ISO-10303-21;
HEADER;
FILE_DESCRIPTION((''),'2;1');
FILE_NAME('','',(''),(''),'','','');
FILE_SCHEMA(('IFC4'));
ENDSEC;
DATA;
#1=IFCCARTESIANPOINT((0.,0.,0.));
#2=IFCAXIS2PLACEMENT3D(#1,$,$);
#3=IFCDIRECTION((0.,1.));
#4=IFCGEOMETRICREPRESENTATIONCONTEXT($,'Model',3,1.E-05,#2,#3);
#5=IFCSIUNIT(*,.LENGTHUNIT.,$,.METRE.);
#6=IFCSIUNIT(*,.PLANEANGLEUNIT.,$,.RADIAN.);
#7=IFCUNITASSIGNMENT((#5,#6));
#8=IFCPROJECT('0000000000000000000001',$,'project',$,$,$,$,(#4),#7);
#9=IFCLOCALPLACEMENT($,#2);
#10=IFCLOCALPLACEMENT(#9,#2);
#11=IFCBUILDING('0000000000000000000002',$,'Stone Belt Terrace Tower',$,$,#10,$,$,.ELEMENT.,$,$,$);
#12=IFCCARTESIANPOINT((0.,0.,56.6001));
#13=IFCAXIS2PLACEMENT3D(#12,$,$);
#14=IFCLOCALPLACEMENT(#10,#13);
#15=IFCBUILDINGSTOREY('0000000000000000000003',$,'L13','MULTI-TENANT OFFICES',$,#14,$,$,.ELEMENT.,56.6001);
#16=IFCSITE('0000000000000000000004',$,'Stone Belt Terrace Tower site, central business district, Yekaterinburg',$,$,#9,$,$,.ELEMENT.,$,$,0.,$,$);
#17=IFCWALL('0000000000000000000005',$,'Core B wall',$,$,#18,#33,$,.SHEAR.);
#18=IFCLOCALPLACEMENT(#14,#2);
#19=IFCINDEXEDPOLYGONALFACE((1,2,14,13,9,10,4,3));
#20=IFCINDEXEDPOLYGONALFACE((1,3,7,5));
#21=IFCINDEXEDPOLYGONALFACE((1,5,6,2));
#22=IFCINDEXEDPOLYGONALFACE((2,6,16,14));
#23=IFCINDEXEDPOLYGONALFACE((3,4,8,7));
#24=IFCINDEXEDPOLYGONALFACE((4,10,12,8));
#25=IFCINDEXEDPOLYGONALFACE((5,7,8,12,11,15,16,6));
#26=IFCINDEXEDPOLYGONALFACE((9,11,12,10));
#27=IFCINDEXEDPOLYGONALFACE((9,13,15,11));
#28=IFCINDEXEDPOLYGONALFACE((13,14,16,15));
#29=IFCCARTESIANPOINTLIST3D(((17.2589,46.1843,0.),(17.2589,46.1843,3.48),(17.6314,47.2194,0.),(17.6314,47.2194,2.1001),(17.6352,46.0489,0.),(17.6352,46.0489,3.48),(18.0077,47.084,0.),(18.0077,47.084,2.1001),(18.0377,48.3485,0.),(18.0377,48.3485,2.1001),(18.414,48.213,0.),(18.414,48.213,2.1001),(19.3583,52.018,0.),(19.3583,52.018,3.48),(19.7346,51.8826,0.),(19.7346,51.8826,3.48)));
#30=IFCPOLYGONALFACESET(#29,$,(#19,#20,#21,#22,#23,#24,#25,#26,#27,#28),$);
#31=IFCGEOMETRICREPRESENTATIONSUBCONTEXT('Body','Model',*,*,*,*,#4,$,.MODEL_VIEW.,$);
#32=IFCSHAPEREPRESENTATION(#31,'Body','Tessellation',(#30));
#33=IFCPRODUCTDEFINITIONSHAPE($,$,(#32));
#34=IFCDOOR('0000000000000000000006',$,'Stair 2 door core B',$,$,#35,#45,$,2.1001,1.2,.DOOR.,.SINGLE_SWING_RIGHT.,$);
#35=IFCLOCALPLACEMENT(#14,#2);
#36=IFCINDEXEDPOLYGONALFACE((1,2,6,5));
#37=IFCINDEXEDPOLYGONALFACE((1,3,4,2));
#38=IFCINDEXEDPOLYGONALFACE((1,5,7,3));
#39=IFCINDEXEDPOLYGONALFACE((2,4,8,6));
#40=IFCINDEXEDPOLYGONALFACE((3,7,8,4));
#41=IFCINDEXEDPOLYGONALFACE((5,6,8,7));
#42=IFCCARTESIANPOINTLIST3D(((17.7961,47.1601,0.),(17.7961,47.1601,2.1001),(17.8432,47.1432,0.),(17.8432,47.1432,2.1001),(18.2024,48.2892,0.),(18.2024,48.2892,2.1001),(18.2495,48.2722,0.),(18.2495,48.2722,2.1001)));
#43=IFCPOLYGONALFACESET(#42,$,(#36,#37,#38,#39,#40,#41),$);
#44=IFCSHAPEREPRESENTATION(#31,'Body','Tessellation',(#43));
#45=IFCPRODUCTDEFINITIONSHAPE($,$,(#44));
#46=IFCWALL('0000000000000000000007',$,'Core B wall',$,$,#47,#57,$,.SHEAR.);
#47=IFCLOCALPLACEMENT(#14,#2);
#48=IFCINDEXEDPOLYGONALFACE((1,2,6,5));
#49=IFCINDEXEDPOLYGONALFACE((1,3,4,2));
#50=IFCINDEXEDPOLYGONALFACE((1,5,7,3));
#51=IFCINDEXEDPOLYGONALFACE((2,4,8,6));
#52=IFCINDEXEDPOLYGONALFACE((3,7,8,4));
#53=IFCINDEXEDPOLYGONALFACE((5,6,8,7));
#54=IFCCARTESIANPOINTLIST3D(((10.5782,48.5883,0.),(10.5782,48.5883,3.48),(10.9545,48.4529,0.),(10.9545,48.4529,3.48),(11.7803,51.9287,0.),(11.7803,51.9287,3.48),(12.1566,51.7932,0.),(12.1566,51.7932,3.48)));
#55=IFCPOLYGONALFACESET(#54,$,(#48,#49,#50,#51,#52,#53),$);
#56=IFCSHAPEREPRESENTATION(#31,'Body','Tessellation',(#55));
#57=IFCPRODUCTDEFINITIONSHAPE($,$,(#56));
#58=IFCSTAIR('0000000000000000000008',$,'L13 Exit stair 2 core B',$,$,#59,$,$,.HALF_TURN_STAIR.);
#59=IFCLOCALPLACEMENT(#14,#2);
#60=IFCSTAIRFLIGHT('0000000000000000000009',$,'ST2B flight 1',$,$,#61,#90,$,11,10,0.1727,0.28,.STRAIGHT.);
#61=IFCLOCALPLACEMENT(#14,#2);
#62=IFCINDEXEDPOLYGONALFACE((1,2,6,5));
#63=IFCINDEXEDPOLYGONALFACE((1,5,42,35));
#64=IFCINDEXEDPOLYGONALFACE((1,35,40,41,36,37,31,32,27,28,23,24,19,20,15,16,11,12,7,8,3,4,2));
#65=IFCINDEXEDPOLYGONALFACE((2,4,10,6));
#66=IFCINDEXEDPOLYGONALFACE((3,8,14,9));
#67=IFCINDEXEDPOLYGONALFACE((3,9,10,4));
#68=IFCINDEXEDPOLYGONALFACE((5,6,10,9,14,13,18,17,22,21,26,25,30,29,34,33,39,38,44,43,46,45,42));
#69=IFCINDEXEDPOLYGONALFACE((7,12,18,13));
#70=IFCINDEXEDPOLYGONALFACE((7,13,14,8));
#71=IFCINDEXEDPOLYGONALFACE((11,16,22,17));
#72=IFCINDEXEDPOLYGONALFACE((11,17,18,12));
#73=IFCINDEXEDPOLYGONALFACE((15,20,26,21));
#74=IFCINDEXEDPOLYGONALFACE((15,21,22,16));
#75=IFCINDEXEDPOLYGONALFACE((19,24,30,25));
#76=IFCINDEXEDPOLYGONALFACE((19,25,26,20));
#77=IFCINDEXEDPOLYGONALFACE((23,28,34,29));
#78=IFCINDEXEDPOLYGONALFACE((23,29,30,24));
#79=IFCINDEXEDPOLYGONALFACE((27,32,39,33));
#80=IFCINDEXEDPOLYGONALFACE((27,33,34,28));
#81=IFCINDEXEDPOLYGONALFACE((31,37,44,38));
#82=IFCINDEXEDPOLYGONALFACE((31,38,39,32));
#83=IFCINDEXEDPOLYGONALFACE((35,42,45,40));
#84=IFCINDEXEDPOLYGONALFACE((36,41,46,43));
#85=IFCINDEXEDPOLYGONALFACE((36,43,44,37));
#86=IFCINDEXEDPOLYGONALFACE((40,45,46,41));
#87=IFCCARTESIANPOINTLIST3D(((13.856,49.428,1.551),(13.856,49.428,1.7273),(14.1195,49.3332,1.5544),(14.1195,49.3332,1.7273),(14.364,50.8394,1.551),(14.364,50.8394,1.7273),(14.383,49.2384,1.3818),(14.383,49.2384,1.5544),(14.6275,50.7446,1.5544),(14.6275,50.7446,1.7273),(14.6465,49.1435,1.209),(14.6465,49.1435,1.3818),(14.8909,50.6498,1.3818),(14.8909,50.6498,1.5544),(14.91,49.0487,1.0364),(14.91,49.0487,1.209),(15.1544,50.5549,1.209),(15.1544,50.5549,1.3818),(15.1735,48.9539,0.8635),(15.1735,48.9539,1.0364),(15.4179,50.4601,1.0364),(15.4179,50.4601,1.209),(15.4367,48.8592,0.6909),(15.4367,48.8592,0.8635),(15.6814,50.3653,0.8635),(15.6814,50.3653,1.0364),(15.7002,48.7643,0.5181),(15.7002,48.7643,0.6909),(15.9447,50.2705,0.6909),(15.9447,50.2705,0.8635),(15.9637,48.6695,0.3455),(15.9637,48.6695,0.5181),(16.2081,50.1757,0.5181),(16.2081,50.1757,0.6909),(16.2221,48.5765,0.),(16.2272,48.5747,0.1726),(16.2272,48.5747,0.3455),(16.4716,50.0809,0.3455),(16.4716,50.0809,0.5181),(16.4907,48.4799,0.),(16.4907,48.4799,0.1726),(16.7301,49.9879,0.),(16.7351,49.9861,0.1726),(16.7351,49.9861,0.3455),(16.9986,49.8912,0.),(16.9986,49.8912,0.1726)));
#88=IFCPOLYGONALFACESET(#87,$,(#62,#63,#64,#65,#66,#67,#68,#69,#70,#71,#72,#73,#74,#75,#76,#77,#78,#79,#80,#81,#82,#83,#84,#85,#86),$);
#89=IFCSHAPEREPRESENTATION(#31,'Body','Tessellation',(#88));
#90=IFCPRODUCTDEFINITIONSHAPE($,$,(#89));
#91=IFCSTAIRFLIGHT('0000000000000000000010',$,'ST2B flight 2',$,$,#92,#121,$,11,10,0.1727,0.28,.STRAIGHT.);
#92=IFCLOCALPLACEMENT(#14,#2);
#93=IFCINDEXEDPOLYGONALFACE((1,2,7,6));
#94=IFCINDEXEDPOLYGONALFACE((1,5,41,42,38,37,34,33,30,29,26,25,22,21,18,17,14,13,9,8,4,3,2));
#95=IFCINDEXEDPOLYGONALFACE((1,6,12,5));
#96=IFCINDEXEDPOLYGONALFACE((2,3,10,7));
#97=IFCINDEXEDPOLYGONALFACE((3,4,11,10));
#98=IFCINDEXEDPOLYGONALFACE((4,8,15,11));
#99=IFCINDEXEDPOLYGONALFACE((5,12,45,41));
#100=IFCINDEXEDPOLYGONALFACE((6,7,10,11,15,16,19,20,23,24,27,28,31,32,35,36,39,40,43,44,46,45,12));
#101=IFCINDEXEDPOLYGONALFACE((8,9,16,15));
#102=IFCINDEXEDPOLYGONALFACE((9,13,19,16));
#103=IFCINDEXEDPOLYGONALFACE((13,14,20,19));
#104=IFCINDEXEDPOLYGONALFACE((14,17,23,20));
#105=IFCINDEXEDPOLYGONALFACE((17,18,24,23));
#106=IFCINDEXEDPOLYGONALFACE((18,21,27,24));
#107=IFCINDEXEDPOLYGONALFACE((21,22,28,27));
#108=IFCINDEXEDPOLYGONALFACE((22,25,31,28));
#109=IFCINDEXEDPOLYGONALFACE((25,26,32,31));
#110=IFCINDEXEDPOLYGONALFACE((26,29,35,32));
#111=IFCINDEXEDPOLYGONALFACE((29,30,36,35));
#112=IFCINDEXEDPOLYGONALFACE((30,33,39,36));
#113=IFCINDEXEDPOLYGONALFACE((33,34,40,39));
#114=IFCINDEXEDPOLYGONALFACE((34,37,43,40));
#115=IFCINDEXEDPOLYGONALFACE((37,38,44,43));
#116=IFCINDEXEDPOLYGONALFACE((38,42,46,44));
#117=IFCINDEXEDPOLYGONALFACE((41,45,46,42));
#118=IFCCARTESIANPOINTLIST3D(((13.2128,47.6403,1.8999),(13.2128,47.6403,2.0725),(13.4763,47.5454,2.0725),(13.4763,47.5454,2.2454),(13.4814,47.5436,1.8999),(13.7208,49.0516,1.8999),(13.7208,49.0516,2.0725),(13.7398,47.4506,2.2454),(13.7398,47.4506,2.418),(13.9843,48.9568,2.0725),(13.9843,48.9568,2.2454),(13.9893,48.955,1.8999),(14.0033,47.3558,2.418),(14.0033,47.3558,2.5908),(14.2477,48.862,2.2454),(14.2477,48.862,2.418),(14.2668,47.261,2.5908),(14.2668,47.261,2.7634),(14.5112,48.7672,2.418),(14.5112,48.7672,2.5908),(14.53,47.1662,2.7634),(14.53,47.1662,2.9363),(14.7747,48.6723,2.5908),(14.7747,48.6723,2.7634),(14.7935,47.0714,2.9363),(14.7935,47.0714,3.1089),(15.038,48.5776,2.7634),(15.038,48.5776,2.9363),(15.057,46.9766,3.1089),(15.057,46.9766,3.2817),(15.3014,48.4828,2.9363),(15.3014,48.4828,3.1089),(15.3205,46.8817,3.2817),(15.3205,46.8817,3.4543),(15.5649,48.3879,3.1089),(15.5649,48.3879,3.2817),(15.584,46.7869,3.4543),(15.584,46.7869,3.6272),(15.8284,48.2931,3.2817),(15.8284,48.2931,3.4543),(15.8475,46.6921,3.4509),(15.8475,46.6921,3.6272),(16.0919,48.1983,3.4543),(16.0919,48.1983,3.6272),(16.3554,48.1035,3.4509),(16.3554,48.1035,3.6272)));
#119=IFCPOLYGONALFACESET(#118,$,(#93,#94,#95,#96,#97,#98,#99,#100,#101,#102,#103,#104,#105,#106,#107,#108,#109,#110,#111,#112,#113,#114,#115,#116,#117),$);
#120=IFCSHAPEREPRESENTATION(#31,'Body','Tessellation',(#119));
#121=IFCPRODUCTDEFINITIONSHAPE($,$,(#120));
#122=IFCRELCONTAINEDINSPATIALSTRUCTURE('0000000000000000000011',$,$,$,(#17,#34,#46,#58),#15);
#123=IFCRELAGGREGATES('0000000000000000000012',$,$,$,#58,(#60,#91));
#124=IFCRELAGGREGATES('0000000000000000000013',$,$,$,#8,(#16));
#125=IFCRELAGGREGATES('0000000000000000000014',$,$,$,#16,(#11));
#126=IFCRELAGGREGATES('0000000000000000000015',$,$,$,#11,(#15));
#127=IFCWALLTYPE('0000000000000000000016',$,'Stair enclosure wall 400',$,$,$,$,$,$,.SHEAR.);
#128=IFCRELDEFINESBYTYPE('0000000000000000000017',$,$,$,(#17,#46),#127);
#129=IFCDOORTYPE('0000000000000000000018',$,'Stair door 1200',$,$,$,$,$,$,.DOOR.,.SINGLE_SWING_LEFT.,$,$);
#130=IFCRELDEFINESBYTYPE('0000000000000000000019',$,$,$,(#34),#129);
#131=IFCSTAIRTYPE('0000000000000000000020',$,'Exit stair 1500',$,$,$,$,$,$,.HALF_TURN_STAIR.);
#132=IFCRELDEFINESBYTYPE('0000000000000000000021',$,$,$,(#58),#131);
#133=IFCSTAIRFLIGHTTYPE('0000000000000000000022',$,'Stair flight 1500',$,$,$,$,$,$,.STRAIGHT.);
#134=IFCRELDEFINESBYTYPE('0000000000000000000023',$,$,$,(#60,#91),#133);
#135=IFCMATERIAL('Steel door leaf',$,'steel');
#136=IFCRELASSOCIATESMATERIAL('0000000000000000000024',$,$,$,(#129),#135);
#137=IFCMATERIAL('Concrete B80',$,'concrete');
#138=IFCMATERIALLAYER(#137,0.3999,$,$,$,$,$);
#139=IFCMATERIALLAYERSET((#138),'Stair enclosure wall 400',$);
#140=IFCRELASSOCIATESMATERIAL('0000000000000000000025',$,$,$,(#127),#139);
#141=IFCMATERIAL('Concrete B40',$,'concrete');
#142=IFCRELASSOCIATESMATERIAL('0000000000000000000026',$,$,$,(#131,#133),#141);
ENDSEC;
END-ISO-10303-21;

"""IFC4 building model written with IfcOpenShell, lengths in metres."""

from ifc_helpers import new_model, si_unit, direction, frame, frame_2d, origin, place, context, subcontext, project, spatial, polyline, rectangle, outline, extrude, material, layer, layer_set, type_object, element, fill, aggregate, save


model = new_model("IFC4")

# Units and contexts
model_context = context("Model", 3, precision=1e-05, world=origin(), true_north=direction((0.0, 1.0)))
body_context = subcontext(model_context, "Body", "Model", "MODEL_VIEW")
ifc_project = project(units=[si_unit("LENGTHUNIT", "METRE"), si_unit("PLANEANGLEUNIT", "RADIAN")], contexts=[model_context])

# Site, building, storey
site_placement = place(None, origin())
site = spatial("IfcSite", under=ifc_project, at=site_placement, Name="Stone Belt Terrace Tower site, central business district, Yekaterinburg", CompositionType="ELEMENT", RefElevation=0.0)
building_placement = place(site_placement, origin())
building = spatial("IfcBuilding", under=site, at=building_placement, Name="Stone Belt Terrace Tower", CompositionType="ELEMENT")
storey_placement = place(building_placement, frame((0.0, 0.0, 56.6001)))
storey = spatial("IfcBuildingStorey", under=building, at=storey_placement, Name="L13", Description="MULTI-TENANT OFFICES", CompositionType="ELEMENT", Elevation=56.6001)

# Shared definitions
ifc_material_1 = material(Name="Concrete B80", Category="concrete")
ifc_material_2 = material(Name="Steel door leaf", Category="steel")
door_type_1 = type_object("IfcDoorType", Name="Stair door 1200", OperationType="SINGLE_SWING_LEFT", PredefinedType="DOOR", material=ifc_material_2)

# Shared definitions
ifc_layer_1 = layer(ifc_material_1, 0.3999)
ifc_layer_set_1 = layer_set([ifc_layer_1], Name="Stair enclosure wall 400")
wall_type_1 = type_object("IfcWallType", Name="Stair enclosure wall 400", PredefinedType="SHEAR", material=ifc_layer_set_1)

# Wall, opening, door
wall_1_placement = place(storey_placement, frame((17.447, 46.1165, 0.0), z_axis=(0.0, 0.0, 1.0), x_axis=(0.338608, 0.940928, 0.0)))
wall_1 = element("IfcWall", 1, at=wall_1_placement, inside=storey, type_object=wall_type_1, Name="Core B wall", PredefinedType="SHEAR", context=body_context, shape_type="SweptSolid", body=[
    extrude(rectangle(XDim=6.2, YDim=0.3999, at=frame_2d((3.1001, 0.0))), origin(), (0.0, 0.0, 1.0), 3.48),
])
opening_1_placement = place(wall_1_placement, frame((1.1001, 0.0, 0.0)))
opening_1 = element("IfcOpeningElement", 2, at=opening_1_placement, cuts=wall_1, PredefinedType="OPENING", context=body_context, shape_type="SweptSolid", body=[
    extrude(rectangle(XDim=1.2, YDim=2.1001, at=frame_2d((0.6001, 1.05))), frame((0.0, 0.21, 0.0), z_axis=(0.0, -1.0, 0.0), x_axis=(1.0, 0.0, 0.0)), (0.0, 0.0, 1.0), 0.4199),
])
door_1_placement = place(opening_1_placement, origin())
door_1 = element("IfcDoor", 3, at=door_1_placement, inside=storey, type_object=door_type_1, Name="Stair 2 door core B", OperationType="SINGLE_SWING_RIGHT", OverallHeight=2.1001, OverallWidth=1.2, PredefinedType="DOOR", context=body_context, shape_type="SweptSolid", body=[
    extrude(rectangle(XDim=1.2, YDim=2.1001, at=frame_2d((0.6001, 1.05))), frame((0.0, 0.0249, 0.0), z_axis=(0.0, -1.0, 0.0), x_axis=(1.0, 0.0, 0.0)), (0.0, 0.0, 1.0), 0.05),
])
fill(opening_1, door_1)

# Wall
wall_2_placement = place(storey_placement, frame((10.7664, 48.5208, 0.0), z_axis=(0.0, 0.0, 1.0), x_axis=(0.338627, 0.940921, 0.0)))
element("IfcWall", 4, at=wall_2_placement, inside=storey, type_object=wall_type_1, Name="Core B wall", PredefinedType="SHEAR", context=body_context, shape_type="SweptSolid", body=[
    extrude(rectangle(XDim=3.55, YDim=0.3999, at=frame_2d((1.7749, 0.0))), origin(), (0.0, 0.0, 1.0), 3.48),
])

# Stair, stair flights
ifc_material_3 = material(Name="Concrete B40", Category="concrete")
stair_type = type_object("IfcStairType", Name="Exit stair 1500", PredefinedType="HALF_TURN_STAIR", material=ifc_material_3)
stair_placement = place(storey_placement, origin())
stair = element("IfcStair", 5, at=stair_placement, inside=storey, type_object=stair_type, Name="L13 Exit stair 2 core B", PredefinedType="HALF_TURN_STAIR")
stair_flight_type = type_object("IfcStairFlightType", Name="Stair flight 1500", PredefinedType="STRAIGHT", material=ifc_material_3)
stair_flight_1_placement = place(storey_placement, frame((16.7446, 49.1855, 0.0), z_axis=(0.0, 0.0, 1.0), x_axis=(-0.940922, 0.338624, 0.0)))
stair_flight_1 = element("IfcStairFlight", 6, at=stair_flight_1_placement, type_object=stair_flight_type, Name="ST2B flight 1", NumberOfRisers=11, NumberOfTreads=10, PredefinedType="STRAIGHT", RiserHeight=0.1727, TreadLength=0.28, context=body_context, shape_type="SweptSolid", body=[
    extrude(outline(polyline([(0.0, 0.0), (0.0, 0.1726), (0.28, 0.1726), (0.28, 0.3455), (0.5601, 0.3455), (0.5601, 0.5181), (0.8401, 0.5181), (0.8401, 0.6909), (1.1201, 0.6909), (1.1201, 0.8635), (1.3999, 0.8635), (1.3999, 1.0364), (1.6799, 1.0364), (1.6799, 1.209), (1.96, 1.209), (1.96, 1.3818), (2.24, 1.3818), (2.24, 1.5544), (2.52, 1.5544), (2.52, 1.7273), (2.8, 1.7273), (2.8, 1.8999), (2.8, 1.551), (0.2854, 0.0), (0.0, 0.0)])), frame((0.0, 0.75, 0.0), z_axis=(0.0, -1.0, 0.0), x_axis=(1.0, 0.0, 0.0)), (0.0, 0.0, 1.0), 1.5),
])
stair_flight_2_placement = place(storey_placement, frame((13.4668, 48.3459, 1.8999), z_axis=(0.0, 0.0, 1.0), x_axis=(0.940922, -0.338624, 0.0)))
stair_flight_2 = element("IfcStairFlight", 7, at=stair_flight_2_placement, type_object=stair_flight_type, Name="ST2B flight 2", NumberOfRisers=11, NumberOfTreads=10, PredefinedType="STRAIGHT", RiserHeight=0.1727, TreadLength=0.28, context=body_context, shape_type="SweptSolid", body=[
    extrude(outline(polyline([(0.0, 0.0), (0.0, 0.1726), (0.28, 0.1726), (0.28, 0.3455), (0.5601, 0.3455), (0.5601, 0.5181), (0.8401, 0.5181), (0.8401, 0.6909), (1.1201, 0.6909), (1.1201, 0.8635), (1.3999, 0.8635), (1.3999, 1.0364), (1.6799, 1.0364), (1.6799, 1.209), (1.96, 1.209), (1.96, 1.3818), (2.24, 1.3818), (2.24, 1.5544), (2.52, 1.5544), (2.52, 1.7273), (2.8, 1.7273), (2.8, 1.8999), (2.8, 1.551), (0.2854, 0.0), (0.0, 0.0)])), frame((0.0, 0.75, 0.0), z_axis=(0.0, -1.0, 0.0), x_axis=(1.0, 0.0, 0.0)), (0.0, 0.0, 1.0), 1.5),
])
aggregate(stair, [stair_flight_1, stair_flight_2])

save(model, "model.ifc")
